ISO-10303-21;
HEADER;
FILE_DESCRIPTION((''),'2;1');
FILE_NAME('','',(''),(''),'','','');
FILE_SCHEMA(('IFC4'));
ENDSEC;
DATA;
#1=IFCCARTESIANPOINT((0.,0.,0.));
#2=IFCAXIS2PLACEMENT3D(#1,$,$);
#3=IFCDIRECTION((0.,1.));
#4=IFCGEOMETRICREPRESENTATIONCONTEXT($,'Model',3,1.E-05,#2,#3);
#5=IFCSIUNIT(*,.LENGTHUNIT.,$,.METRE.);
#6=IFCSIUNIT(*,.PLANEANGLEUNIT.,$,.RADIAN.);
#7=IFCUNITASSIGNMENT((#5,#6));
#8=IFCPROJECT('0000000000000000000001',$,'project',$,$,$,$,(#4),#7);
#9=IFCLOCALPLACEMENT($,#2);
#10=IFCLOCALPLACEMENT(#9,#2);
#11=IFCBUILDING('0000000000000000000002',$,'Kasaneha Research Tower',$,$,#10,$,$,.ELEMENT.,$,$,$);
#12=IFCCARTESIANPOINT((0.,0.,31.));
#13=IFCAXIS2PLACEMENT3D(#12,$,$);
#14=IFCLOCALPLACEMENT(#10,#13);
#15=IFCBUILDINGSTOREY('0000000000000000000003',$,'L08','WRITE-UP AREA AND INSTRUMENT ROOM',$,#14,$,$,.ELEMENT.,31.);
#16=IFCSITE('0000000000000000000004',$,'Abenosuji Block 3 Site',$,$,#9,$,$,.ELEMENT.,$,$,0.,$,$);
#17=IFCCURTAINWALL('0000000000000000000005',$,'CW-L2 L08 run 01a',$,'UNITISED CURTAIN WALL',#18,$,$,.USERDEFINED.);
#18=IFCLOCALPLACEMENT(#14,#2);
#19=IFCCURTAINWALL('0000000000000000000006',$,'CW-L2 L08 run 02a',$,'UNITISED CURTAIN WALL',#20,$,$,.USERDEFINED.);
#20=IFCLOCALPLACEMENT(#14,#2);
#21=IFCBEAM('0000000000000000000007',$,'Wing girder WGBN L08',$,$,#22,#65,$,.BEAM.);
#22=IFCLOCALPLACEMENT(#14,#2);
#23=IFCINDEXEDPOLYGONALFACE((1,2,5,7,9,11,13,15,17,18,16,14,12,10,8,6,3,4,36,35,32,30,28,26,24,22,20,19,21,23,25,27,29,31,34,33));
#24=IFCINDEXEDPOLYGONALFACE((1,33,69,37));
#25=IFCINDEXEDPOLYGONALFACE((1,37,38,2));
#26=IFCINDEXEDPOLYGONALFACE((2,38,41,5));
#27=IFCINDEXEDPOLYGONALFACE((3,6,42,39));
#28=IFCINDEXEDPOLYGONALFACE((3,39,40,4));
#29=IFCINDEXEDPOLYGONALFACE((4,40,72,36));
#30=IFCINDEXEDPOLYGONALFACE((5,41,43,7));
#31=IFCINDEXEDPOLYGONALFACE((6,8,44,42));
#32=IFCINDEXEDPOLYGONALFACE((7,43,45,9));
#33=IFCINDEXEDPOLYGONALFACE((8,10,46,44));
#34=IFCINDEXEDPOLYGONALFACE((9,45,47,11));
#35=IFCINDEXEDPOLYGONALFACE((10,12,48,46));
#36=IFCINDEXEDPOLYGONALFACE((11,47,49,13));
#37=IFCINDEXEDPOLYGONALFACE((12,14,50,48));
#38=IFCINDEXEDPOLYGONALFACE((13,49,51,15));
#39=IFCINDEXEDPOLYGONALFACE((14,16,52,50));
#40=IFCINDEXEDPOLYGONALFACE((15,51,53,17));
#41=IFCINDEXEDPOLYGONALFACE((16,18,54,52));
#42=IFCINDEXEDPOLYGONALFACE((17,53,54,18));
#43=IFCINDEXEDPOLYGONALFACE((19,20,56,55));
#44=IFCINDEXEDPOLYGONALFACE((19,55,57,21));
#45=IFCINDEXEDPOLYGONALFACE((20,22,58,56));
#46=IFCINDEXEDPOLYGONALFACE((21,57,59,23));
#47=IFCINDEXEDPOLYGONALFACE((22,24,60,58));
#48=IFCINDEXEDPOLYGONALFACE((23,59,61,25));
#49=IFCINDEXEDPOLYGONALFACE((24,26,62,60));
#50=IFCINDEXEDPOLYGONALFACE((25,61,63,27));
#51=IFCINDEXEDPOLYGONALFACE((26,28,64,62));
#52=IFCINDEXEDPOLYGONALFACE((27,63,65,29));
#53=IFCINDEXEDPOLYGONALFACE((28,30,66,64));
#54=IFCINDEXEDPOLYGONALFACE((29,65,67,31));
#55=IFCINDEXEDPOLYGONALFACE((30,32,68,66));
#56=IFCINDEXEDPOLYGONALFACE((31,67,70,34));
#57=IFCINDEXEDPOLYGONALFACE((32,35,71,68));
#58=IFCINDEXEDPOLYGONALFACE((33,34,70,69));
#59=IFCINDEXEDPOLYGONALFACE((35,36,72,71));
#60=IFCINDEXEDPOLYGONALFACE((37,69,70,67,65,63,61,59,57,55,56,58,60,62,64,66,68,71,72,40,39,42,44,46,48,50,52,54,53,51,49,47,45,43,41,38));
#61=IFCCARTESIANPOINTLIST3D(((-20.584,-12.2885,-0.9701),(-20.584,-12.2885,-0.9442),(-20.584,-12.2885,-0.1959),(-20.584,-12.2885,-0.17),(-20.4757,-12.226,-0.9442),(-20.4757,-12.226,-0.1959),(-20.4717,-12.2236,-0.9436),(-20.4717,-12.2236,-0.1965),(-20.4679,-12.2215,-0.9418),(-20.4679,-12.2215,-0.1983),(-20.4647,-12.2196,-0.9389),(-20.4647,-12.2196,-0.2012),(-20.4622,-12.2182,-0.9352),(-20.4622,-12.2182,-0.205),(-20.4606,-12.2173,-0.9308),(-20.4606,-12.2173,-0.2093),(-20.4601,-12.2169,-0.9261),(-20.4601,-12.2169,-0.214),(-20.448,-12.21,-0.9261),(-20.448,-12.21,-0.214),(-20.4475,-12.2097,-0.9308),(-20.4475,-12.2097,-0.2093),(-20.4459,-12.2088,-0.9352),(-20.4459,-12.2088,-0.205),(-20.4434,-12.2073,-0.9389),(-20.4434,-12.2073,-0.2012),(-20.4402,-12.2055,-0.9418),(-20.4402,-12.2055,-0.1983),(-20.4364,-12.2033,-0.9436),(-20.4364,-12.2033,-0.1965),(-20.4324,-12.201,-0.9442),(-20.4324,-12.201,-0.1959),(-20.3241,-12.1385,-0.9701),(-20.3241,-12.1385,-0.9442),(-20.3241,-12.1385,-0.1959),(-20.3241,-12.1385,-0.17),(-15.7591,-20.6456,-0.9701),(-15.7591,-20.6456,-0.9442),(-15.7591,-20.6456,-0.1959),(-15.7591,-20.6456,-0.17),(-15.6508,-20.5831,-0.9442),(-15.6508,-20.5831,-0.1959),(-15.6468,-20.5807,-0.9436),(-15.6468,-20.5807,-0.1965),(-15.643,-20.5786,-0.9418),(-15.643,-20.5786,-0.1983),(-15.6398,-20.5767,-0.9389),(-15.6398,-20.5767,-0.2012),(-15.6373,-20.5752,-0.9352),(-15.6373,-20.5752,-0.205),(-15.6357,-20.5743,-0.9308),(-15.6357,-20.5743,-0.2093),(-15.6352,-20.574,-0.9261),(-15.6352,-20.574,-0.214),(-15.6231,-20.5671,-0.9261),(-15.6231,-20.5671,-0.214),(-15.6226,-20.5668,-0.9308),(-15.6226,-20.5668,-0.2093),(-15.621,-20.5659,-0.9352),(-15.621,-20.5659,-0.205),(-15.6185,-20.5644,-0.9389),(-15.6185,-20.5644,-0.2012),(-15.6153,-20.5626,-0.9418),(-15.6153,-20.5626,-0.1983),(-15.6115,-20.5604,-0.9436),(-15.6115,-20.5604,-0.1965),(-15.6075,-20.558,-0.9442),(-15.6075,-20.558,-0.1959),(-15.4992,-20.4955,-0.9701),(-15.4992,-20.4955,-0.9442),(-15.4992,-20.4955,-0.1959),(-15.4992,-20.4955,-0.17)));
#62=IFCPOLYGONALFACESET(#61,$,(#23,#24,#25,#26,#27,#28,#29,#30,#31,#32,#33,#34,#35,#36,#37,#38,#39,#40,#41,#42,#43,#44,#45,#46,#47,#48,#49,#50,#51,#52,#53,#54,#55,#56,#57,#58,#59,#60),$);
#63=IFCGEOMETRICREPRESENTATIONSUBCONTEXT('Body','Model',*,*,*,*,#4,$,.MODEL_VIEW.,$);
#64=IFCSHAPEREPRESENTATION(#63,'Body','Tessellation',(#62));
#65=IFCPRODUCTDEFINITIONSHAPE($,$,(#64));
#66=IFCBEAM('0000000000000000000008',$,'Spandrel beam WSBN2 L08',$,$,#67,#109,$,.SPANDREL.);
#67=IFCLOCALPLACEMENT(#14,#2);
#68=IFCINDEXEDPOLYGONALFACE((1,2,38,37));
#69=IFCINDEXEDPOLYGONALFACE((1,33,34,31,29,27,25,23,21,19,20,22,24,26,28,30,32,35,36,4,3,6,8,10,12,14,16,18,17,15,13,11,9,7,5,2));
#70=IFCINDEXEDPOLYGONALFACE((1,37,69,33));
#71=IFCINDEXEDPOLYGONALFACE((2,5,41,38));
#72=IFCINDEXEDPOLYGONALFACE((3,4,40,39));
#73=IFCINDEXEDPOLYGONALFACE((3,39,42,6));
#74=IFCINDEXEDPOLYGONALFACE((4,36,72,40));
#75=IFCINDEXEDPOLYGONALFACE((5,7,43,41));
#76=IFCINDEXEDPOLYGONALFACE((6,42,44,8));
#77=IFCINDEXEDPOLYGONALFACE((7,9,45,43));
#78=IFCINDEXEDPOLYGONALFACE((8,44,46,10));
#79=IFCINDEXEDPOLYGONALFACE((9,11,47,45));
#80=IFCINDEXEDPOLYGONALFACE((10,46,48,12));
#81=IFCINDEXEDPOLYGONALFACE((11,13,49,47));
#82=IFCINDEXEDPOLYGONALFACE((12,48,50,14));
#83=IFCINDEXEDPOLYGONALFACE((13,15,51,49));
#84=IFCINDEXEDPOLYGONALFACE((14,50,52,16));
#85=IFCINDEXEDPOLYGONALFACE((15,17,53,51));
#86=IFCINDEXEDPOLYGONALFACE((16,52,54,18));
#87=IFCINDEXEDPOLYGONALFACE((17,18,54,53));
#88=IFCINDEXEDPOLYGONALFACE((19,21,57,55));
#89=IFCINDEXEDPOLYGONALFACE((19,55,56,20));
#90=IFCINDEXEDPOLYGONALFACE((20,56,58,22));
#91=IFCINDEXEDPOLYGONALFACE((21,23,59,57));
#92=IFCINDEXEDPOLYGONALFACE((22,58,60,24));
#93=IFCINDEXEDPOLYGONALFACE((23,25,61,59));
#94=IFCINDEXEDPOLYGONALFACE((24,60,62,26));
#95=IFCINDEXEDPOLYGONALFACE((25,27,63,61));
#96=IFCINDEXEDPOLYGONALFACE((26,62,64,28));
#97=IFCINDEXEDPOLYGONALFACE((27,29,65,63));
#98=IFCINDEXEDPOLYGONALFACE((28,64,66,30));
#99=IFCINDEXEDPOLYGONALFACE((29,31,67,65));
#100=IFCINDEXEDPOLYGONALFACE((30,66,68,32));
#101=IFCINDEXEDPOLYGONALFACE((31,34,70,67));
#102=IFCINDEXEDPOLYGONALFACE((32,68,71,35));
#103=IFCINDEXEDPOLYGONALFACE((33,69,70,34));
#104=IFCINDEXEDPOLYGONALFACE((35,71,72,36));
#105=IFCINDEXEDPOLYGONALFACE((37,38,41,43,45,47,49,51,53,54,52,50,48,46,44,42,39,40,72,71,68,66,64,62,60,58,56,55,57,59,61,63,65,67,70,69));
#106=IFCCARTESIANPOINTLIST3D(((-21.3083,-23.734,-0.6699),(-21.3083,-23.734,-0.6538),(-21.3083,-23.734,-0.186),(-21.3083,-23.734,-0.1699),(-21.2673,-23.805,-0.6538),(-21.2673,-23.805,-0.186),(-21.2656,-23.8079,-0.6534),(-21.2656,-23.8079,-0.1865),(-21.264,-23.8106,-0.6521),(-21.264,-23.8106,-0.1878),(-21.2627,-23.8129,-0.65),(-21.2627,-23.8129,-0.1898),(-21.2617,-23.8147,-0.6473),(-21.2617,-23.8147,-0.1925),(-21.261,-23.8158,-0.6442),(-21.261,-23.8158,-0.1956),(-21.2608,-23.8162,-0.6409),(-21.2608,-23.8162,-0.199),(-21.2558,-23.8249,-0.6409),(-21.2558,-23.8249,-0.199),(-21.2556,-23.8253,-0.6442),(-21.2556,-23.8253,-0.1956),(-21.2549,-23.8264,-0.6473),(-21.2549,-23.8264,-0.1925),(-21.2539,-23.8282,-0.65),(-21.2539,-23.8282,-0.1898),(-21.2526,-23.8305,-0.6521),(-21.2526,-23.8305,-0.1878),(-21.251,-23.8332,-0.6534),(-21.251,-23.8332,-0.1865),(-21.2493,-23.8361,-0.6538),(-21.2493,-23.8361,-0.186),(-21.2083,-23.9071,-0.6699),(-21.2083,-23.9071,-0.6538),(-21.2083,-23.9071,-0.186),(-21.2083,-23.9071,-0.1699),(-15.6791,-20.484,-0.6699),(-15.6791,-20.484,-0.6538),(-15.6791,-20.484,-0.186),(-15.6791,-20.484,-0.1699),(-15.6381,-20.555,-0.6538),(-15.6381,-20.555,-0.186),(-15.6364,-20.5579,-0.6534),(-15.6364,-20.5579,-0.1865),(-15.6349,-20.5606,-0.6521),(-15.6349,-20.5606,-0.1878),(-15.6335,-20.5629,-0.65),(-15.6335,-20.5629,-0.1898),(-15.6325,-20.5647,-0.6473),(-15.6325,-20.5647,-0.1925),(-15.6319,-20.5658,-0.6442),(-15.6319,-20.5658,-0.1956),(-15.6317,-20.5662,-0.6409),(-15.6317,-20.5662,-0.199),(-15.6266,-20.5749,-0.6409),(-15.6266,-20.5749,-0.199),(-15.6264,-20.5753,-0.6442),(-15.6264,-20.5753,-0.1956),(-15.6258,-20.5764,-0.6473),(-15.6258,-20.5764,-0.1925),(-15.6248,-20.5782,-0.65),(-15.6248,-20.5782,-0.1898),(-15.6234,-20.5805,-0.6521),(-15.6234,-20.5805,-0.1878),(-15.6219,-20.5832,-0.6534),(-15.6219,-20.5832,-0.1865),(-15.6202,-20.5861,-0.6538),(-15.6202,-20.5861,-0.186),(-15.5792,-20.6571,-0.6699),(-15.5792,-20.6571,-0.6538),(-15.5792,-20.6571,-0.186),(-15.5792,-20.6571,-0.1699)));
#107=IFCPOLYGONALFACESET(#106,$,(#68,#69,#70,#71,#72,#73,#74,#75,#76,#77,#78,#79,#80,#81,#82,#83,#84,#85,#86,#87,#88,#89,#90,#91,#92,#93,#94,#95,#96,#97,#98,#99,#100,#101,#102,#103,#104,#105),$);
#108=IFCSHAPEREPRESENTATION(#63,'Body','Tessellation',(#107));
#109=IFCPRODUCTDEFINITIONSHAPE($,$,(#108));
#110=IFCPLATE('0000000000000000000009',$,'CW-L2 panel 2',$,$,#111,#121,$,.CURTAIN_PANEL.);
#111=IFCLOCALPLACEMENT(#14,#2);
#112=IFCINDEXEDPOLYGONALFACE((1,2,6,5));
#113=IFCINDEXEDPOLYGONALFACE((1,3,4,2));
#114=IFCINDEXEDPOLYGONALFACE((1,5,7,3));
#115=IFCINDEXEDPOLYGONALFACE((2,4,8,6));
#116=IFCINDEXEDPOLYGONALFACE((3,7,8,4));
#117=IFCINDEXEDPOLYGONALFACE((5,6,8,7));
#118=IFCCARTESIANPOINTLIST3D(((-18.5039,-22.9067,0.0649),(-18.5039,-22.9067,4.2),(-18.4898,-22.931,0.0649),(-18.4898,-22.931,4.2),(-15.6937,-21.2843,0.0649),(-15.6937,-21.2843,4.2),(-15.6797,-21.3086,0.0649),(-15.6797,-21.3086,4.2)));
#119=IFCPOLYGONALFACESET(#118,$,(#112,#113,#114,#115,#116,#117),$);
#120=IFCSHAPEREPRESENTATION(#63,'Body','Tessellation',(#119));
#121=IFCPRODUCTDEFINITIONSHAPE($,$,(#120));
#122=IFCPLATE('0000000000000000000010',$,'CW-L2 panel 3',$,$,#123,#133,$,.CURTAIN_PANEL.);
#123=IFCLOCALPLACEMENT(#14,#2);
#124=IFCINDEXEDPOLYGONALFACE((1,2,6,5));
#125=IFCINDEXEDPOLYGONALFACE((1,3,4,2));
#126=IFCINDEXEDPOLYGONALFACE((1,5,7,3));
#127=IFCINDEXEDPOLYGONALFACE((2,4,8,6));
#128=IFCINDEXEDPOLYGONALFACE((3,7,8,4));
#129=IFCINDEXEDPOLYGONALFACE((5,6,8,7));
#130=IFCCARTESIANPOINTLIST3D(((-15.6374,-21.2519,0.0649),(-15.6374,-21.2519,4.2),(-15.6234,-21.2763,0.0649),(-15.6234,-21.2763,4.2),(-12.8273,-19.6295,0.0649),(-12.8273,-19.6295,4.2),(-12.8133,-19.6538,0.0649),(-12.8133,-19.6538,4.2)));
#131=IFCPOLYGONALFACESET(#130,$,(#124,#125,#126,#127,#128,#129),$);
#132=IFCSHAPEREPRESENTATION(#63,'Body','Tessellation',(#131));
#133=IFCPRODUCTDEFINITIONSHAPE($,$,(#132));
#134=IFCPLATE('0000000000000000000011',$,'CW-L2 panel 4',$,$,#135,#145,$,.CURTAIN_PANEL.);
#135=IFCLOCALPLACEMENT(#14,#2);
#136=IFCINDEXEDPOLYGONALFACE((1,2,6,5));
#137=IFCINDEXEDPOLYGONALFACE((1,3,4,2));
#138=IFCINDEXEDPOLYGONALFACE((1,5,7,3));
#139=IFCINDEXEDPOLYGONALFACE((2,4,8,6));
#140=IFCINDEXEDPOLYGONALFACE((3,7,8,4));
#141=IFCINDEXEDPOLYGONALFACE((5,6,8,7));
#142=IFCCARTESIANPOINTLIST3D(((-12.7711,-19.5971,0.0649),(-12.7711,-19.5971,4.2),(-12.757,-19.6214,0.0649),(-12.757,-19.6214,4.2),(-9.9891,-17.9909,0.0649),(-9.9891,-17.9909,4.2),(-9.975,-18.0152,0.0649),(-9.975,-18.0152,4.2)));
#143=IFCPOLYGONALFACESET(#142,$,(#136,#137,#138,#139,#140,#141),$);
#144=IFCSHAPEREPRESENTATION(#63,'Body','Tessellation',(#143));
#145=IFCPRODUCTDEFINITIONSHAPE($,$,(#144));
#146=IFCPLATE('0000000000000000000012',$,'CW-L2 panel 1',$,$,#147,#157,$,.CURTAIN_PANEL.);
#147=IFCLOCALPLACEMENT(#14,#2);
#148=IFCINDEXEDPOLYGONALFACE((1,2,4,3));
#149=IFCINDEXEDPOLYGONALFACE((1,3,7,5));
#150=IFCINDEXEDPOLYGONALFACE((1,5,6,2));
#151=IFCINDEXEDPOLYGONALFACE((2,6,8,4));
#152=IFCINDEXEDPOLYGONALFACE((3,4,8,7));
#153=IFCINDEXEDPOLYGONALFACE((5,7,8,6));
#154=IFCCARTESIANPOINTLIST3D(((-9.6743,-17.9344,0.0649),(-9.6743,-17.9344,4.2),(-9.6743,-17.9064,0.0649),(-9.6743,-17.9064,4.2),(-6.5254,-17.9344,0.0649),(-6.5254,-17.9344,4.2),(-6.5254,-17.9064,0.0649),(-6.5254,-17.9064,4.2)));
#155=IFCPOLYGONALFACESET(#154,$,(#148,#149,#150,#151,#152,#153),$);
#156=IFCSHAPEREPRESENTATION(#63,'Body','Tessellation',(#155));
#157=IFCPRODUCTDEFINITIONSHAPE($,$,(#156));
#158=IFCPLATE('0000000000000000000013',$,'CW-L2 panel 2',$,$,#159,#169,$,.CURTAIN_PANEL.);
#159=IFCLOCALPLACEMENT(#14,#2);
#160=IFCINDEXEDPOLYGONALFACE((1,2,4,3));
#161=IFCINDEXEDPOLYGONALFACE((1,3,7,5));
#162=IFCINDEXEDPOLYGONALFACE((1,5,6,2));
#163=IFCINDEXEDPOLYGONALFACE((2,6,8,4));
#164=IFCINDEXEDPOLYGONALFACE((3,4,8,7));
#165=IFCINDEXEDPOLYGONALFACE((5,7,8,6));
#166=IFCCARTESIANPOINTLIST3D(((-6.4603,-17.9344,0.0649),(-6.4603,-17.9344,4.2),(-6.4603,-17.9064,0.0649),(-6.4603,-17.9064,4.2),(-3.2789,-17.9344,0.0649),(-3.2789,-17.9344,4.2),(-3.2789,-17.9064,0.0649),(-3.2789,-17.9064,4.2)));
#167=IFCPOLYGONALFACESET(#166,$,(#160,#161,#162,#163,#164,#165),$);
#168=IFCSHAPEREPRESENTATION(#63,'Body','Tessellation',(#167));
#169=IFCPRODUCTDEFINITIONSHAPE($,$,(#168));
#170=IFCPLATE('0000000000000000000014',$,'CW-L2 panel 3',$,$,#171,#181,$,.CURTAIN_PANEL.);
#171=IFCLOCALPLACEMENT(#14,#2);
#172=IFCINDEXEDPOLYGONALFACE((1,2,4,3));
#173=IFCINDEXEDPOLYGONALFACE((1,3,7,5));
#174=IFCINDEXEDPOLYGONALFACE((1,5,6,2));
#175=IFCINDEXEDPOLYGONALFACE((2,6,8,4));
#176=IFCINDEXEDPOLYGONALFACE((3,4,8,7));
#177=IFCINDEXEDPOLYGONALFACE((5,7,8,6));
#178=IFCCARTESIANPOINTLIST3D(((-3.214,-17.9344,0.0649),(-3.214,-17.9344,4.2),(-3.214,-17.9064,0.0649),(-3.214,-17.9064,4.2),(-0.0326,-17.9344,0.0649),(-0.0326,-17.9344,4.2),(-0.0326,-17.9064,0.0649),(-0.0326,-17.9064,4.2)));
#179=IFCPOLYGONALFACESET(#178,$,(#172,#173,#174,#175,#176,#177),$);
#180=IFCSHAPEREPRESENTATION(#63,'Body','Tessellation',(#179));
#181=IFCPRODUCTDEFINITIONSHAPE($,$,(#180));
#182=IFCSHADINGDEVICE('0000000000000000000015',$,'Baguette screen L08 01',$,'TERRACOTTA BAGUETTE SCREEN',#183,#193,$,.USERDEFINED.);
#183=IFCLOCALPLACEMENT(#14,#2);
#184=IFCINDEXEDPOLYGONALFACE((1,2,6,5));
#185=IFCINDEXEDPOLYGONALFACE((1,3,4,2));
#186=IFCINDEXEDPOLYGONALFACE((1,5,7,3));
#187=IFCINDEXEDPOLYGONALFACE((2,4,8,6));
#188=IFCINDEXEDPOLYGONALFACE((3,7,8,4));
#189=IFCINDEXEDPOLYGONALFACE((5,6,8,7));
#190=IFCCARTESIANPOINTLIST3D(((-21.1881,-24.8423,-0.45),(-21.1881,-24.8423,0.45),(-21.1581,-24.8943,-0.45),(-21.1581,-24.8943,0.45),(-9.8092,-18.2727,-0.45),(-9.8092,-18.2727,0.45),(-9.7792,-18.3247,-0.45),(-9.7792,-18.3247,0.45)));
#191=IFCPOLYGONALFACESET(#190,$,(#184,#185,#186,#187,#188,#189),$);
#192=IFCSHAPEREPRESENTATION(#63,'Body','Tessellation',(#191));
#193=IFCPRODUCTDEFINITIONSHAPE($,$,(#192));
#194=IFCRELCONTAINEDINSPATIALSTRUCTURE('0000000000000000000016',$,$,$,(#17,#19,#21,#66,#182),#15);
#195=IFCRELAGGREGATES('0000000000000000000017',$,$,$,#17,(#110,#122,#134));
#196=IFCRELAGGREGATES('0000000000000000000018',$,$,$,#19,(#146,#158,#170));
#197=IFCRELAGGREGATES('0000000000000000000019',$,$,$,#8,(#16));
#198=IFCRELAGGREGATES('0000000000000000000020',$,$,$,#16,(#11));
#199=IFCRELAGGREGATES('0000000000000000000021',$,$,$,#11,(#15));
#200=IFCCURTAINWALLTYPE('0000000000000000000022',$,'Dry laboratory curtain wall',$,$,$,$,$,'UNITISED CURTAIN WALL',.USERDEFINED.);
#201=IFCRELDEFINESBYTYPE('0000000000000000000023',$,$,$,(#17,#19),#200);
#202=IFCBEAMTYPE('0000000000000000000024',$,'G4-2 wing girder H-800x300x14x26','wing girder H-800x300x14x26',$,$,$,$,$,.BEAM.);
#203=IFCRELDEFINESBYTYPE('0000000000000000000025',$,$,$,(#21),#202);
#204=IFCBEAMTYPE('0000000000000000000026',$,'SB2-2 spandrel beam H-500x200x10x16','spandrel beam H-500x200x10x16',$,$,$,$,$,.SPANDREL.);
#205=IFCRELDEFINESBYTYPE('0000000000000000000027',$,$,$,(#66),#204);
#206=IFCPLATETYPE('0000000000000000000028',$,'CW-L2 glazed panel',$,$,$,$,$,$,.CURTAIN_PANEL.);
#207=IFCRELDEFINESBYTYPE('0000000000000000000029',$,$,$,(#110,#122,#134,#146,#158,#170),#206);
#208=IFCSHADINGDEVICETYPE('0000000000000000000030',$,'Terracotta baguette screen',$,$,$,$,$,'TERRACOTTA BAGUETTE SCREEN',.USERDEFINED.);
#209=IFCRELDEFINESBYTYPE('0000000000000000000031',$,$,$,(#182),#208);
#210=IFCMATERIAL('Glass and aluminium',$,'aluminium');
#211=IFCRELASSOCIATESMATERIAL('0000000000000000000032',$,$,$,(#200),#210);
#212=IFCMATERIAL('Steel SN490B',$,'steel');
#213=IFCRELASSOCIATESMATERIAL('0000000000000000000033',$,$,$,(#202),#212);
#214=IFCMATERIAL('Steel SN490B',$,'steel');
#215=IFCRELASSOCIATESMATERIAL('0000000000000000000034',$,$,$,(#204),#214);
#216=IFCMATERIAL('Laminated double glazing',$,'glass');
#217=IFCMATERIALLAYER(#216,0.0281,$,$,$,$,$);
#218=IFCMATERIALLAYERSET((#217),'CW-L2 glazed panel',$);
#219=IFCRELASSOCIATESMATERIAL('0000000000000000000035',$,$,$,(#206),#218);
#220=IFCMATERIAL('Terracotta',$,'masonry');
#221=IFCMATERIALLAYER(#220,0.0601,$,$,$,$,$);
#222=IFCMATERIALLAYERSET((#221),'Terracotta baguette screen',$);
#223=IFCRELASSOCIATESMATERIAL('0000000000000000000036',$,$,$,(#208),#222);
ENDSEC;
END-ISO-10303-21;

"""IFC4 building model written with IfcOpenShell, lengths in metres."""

from ifc_helpers import new_model, si_unit, direction, frame, origin, origin_2d, place, context, subcontext, project, spatial, rectangle, i_section, extrude, material, layer, layer_set, material_profile, profile_set, type_object, element, aggregate, save


model = new_model("IFC4")

# Units and contexts
model_context = context("Model", 3, precision=1e-05, world=origin(), true_north=direction((0.0, 1.0)))
body_context = subcontext(model_context, "Body", "Model", "MODEL_VIEW")
ifc_project = project(units=[si_unit("LENGTHUNIT", "METRE"), si_unit("PLANEANGLEUNIT", "RADIAN")], contexts=[model_context])

# Site, building, storey
site_placement = place(None, origin())
site = spatial("IfcSite", under=ifc_project, at=site_placement, Name="Abenosuji Block 3 Site", CompositionType="ELEMENT", RefElevation=0.0)
building_placement = place(site_placement, origin())
building = spatial("IfcBuilding", under=site, at=building_placement, Name="Kasaneha Research Tower", CompositionType="ELEMENT")
storey_placement = place(building_placement, frame((0.0, 0.0, 31.0)))
storey = spatial("IfcBuildingStorey", under=building, at=storey_placement, Name="L08", Description="WRITE-UP AREA AND INSTRUMENT ROOM", CompositionType="ELEMENT", Elevation=31.0)

# Curtain walls
ifc_material_1 = material(Name="Glass and aluminium", Category="aluminium")
curtain_wall_type = type_object("IfcCurtainWallType", Name="Dry laboratory curtain wall", ElementType="UNITISED CURTAIN WALL", PredefinedType="USERDEFINED", material=ifc_material_1)
curtain_wall_1_placement = place(storey_placement, origin())
curtain_wall_1 = element("IfcCurtainWall", 1, at=curtain_wall_1_placement, inside=storey, type_object=curtain_wall_type, Name="CW-L2 L08 run 01a", ObjectType="UNITISED CURTAIN WALL", PredefinedType="USERDEFINED")
curtain_wall_2_placement = place(storey_placement, origin())
curtain_wall_2 = element("IfcCurtainWall", 2, at=curtain_wall_2_placement, inside=storey, type_object=curtain_wall_type, Name="CW-L2 L08 run 02a", ObjectType="UNITISED CURTAIN WALL", PredefinedType="USERDEFINED")

# Beams
ifc_material_2 = material(Name="Steel SN490B", Category="steel")
ifc_material_profile_1 = material_profile(ifc_material_2, i_section(OverallWidth=0.3, OverallDepth=0.8, WebThickness=0.0139, FlangeThickness=0.0259, FilletRadius=0.0181, at=origin_2d()), Name="H-800x300x14x26")
ifc_profile_set_1 = profile_set([ifc_material_profile_1], Name="Steel SN490B")
beam_type_1 = type_object("IfcBeamType", Name="G4-2 wing girder H-800x300x14x26", Description="wing girder H-800x300x14x26", PredefinedType="BEAM", material=ifc_profile_set_1)
beam_1_placement = place(storey_placement, frame((-15.6292, -20.5706, -0.5701), z_axis=(-0.499995, 0.866028, 0.0), x_axis=(-0.866028, -0.499995, 0.0)))
element("IfcBeam", 3, at=beam_1_placement, inside=storey, type_object=beam_type_1, Name="Wing girder WGBN L08", PredefinedType="BEAM", context=body_context, shape_type="SweptSolid", body=[
    extrude(i_section(OverallWidth=0.3, OverallDepth=0.8, WebThickness=0.0139, FlangeThickness=0.0259, FilletRadius=0.0181, at=origin_2d()), origin(), (0.0, 0.0, 1.0), 9.6499),
])
ifc_material_3 = material(Name="Steel SN490B", Category="steel")
ifc_material_profile_2 = material_profile(ifc_material_3, i_section(OverallWidth=0.2, OverallDepth=0.5, WebThickness=0.01, FlangeThickness=0.0161, FilletRadius=0.0129, at=origin_2d()), Name="H-500x200x10x16")
ifc_profile_set_2 = profile_set([ifc_material_profile_2], Name="Steel SN490B")
beam_type_2 = type_object("IfcBeamType", Name="SB2-2 spandrel beam H-500x200x10x16", Description="spandrel beam H-500x200x10x16", PredefinedType="SPANDREL", material=ifc_profile_set_2)
beam_2_placement = place(storey_placement, frame((-15.6292, -20.5706, -0.4199), z_axis=(-0.866025, -0.500001, 0.0), x_axis=(0.500001, -0.866025, 0.0)))
element("IfcBeam", 4, at=beam_2_placement, inside=storey, type_object=beam_type_2, Name="Spandrel beam WSBN2 L08", PredefinedType="SPANDREL", context=body_context, shape_type="SweptSolid", body=[
    extrude(i_section(OverallWidth=0.2, OverallDepth=0.5, WebThickness=0.01, FlangeThickness=0.0161, FilletRadius=0.0129, at=origin_2d()), origin(), (0.0, 0.0, 1.0), 6.5),
])

# Plates
ifc_material_4 = material(Name="Laminated double glazing", Category="glass")
ifc_layer_1 = layer(ifc_material_4, 0.0281)
ifc_layer_set_1 = layer_set([ifc_layer_1], Name="CW-L2 glazed panel")
plate_type = type_object("IfcPlateType", Name="CW-L2 glazed panel", PredefinedType="CURTAIN_PANEL", material=ifc_layer_set_1)
plate_1_placement = place(storey_placement, frame((-17.0918, -22.1077, 0.0649), z_axis=(0.0, 0.0, 1.0), x_axis=(0.866025, 0.5, 0.0)))
plate_1 = element("IfcPlate", 5, at=plate_1_placement, type_object=plate_type, Name="CW-L2 panel 2", PredefinedType="CURTAIN_PANEL", context=body_context, shape_type="SweptSolid", body=[
    extrude(rectangle(XDim=3.2449, YDim=0.0281, at=origin_2d()), origin(), (0.0, 0.0, 1.0), 4.135),
])
plate_2_placement = place(storey_placement, frame((-14.2253, -20.4529, 0.0649), z_axis=(0.0, 0.0, 1.0), x_axis=(0.866025, 0.5, 0.0)))
plate_2 = element("IfcPlate", 6, at=plate_2_placement, type_object=plate_type, Name="CW-L2 panel 3", PredefinedType="CURTAIN_PANEL", context=body_context, shape_type="SweptSolid", body=[
    extrude(rectangle(XDim=3.2449, YDim=0.0281, at=origin_2d()), origin(), (0.0, 0.0, 1.0), 4.135),
])
plate_3_placement = place(storey_placement, frame((-11.373, -18.8062, 0.0649), z_axis=(0.0, 0.0, 1.0), x_axis=(0.866025, 0.5, 0.0)))
plate_3 = element("IfcPlate", 7, at=plate_3_placement, type_object=plate_type, Name="CW-L2 panel 4", PredefinedType="CURTAIN_PANEL", context=body_context, shape_type="SweptSolid", body=[
    extrude(rectangle(XDim=3.2124, YDim=0.0281, at=origin_2d()), origin(), (0.0, 0.0, 1.0), 4.135),
])
aggregate(curtain_wall_1, [plate_1, plate_2, plate_3])
plate_4_placement = place(storey_placement, frame((-8.0999, -17.9204, 0.0649), z_axis=(0.0, 0.0, 1.0), x_axis=(1.0, 0.0, 0.0)))
plate_4 = element("IfcPlate", 8, at=plate_4_placement, type_object=plate_type, Name="CW-L2 panel 1", PredefinedType="CURTAIN_PANEL", context=body_context, shape_type="SweptSolid", body=[
    extrude(rectangle(XDim=3.1489, YDim=0.0281, at=origin_2d()), origin(), (0.0, 0.0, 1.0), 4.135),
])
plate_5_placement = place(storey_placement, frame((-4.8696, -17.9204, 0.0649), z_axis=(0.0, 0.0, 1.0), x_axis=(1.0, 0.0, 0.0)))
plate_5 = element("IfcPlate", 9, at=plate_5_placement, type_object=plate_type, Name="CW-L2 panel 2", PredefinedType="CURTAIN_PANEL", context=body_context, shape_type="SweptSolid", body=[
    extrude(rectangle(XDim=3.1814, YDim=0.0281, at=origin_2d()), origin(), (0.0, 0.0, 1.0), 4.135),
])
plate_6_placement = place(storey_placement, frame((-1.6233, -17.9204, 0.0649), z_axis=(0.0, 0.0, 1.0), x_axis=(1.0, 0.0, 0.0)))
plate_6 = element("IfcPlate", 10, at=plate_6_placement, type_object=plate_type, Name="CW-L2 panel 3", PredefinedType="CURTAIN_PANEL", context=body_context, shape_type="SweptSolid", body=[
    extrude(rectangle(XDim=3.1814, YDim=0.0281, at=origin_2d()), origin(), (0.0, 0.0, 1.0), 4.135),
])
aggregate(curtain_wall_2, [plate_4, plate_5, plate_6])

# Shading device
ifc_material_5 = material(Name="Terracotta", Category="masonry")
ifc_layer_2 = layer(ifc_material_5, 0.0601)
ifc_layer_set_2 = layer_set([ifc_layer_2], Name="Terracotta baguette screen")
shading_device_type = type_object("IfcShadingDeviceType", Name="Terracotta baguette screen", ElementType="TERRACOTTA BAGUETTE SCREEN", PredefinedType="USERDEFINED", material=ifc_layer_set_2)
shading_device_1_placement = place(storey_placement, frame((-15.4836, -21.5835, -0.45), z_axis=(0.0, 0.0, 1.0), x_axis=(0.866025, 0.5, 0.0)))
element("IfcShadingDevice", 11, at=shading_device_1_placement, inside=storey, type_object=shading_device_type, Name="Baguette screen L08 01", ObjectType="TERRACOTTA BAGUETTE SCREEN", PredefinedType="USERDEFINED", context=body_context, shape_type="SweptSolid", body=[
    extrude(rectangle(XDim=13.1392, YDim=0.0601, at=origin_2d()), origin(), (0.0, 0.0, 1.0), 0.8999),
])

save(model, "model.ifc")
